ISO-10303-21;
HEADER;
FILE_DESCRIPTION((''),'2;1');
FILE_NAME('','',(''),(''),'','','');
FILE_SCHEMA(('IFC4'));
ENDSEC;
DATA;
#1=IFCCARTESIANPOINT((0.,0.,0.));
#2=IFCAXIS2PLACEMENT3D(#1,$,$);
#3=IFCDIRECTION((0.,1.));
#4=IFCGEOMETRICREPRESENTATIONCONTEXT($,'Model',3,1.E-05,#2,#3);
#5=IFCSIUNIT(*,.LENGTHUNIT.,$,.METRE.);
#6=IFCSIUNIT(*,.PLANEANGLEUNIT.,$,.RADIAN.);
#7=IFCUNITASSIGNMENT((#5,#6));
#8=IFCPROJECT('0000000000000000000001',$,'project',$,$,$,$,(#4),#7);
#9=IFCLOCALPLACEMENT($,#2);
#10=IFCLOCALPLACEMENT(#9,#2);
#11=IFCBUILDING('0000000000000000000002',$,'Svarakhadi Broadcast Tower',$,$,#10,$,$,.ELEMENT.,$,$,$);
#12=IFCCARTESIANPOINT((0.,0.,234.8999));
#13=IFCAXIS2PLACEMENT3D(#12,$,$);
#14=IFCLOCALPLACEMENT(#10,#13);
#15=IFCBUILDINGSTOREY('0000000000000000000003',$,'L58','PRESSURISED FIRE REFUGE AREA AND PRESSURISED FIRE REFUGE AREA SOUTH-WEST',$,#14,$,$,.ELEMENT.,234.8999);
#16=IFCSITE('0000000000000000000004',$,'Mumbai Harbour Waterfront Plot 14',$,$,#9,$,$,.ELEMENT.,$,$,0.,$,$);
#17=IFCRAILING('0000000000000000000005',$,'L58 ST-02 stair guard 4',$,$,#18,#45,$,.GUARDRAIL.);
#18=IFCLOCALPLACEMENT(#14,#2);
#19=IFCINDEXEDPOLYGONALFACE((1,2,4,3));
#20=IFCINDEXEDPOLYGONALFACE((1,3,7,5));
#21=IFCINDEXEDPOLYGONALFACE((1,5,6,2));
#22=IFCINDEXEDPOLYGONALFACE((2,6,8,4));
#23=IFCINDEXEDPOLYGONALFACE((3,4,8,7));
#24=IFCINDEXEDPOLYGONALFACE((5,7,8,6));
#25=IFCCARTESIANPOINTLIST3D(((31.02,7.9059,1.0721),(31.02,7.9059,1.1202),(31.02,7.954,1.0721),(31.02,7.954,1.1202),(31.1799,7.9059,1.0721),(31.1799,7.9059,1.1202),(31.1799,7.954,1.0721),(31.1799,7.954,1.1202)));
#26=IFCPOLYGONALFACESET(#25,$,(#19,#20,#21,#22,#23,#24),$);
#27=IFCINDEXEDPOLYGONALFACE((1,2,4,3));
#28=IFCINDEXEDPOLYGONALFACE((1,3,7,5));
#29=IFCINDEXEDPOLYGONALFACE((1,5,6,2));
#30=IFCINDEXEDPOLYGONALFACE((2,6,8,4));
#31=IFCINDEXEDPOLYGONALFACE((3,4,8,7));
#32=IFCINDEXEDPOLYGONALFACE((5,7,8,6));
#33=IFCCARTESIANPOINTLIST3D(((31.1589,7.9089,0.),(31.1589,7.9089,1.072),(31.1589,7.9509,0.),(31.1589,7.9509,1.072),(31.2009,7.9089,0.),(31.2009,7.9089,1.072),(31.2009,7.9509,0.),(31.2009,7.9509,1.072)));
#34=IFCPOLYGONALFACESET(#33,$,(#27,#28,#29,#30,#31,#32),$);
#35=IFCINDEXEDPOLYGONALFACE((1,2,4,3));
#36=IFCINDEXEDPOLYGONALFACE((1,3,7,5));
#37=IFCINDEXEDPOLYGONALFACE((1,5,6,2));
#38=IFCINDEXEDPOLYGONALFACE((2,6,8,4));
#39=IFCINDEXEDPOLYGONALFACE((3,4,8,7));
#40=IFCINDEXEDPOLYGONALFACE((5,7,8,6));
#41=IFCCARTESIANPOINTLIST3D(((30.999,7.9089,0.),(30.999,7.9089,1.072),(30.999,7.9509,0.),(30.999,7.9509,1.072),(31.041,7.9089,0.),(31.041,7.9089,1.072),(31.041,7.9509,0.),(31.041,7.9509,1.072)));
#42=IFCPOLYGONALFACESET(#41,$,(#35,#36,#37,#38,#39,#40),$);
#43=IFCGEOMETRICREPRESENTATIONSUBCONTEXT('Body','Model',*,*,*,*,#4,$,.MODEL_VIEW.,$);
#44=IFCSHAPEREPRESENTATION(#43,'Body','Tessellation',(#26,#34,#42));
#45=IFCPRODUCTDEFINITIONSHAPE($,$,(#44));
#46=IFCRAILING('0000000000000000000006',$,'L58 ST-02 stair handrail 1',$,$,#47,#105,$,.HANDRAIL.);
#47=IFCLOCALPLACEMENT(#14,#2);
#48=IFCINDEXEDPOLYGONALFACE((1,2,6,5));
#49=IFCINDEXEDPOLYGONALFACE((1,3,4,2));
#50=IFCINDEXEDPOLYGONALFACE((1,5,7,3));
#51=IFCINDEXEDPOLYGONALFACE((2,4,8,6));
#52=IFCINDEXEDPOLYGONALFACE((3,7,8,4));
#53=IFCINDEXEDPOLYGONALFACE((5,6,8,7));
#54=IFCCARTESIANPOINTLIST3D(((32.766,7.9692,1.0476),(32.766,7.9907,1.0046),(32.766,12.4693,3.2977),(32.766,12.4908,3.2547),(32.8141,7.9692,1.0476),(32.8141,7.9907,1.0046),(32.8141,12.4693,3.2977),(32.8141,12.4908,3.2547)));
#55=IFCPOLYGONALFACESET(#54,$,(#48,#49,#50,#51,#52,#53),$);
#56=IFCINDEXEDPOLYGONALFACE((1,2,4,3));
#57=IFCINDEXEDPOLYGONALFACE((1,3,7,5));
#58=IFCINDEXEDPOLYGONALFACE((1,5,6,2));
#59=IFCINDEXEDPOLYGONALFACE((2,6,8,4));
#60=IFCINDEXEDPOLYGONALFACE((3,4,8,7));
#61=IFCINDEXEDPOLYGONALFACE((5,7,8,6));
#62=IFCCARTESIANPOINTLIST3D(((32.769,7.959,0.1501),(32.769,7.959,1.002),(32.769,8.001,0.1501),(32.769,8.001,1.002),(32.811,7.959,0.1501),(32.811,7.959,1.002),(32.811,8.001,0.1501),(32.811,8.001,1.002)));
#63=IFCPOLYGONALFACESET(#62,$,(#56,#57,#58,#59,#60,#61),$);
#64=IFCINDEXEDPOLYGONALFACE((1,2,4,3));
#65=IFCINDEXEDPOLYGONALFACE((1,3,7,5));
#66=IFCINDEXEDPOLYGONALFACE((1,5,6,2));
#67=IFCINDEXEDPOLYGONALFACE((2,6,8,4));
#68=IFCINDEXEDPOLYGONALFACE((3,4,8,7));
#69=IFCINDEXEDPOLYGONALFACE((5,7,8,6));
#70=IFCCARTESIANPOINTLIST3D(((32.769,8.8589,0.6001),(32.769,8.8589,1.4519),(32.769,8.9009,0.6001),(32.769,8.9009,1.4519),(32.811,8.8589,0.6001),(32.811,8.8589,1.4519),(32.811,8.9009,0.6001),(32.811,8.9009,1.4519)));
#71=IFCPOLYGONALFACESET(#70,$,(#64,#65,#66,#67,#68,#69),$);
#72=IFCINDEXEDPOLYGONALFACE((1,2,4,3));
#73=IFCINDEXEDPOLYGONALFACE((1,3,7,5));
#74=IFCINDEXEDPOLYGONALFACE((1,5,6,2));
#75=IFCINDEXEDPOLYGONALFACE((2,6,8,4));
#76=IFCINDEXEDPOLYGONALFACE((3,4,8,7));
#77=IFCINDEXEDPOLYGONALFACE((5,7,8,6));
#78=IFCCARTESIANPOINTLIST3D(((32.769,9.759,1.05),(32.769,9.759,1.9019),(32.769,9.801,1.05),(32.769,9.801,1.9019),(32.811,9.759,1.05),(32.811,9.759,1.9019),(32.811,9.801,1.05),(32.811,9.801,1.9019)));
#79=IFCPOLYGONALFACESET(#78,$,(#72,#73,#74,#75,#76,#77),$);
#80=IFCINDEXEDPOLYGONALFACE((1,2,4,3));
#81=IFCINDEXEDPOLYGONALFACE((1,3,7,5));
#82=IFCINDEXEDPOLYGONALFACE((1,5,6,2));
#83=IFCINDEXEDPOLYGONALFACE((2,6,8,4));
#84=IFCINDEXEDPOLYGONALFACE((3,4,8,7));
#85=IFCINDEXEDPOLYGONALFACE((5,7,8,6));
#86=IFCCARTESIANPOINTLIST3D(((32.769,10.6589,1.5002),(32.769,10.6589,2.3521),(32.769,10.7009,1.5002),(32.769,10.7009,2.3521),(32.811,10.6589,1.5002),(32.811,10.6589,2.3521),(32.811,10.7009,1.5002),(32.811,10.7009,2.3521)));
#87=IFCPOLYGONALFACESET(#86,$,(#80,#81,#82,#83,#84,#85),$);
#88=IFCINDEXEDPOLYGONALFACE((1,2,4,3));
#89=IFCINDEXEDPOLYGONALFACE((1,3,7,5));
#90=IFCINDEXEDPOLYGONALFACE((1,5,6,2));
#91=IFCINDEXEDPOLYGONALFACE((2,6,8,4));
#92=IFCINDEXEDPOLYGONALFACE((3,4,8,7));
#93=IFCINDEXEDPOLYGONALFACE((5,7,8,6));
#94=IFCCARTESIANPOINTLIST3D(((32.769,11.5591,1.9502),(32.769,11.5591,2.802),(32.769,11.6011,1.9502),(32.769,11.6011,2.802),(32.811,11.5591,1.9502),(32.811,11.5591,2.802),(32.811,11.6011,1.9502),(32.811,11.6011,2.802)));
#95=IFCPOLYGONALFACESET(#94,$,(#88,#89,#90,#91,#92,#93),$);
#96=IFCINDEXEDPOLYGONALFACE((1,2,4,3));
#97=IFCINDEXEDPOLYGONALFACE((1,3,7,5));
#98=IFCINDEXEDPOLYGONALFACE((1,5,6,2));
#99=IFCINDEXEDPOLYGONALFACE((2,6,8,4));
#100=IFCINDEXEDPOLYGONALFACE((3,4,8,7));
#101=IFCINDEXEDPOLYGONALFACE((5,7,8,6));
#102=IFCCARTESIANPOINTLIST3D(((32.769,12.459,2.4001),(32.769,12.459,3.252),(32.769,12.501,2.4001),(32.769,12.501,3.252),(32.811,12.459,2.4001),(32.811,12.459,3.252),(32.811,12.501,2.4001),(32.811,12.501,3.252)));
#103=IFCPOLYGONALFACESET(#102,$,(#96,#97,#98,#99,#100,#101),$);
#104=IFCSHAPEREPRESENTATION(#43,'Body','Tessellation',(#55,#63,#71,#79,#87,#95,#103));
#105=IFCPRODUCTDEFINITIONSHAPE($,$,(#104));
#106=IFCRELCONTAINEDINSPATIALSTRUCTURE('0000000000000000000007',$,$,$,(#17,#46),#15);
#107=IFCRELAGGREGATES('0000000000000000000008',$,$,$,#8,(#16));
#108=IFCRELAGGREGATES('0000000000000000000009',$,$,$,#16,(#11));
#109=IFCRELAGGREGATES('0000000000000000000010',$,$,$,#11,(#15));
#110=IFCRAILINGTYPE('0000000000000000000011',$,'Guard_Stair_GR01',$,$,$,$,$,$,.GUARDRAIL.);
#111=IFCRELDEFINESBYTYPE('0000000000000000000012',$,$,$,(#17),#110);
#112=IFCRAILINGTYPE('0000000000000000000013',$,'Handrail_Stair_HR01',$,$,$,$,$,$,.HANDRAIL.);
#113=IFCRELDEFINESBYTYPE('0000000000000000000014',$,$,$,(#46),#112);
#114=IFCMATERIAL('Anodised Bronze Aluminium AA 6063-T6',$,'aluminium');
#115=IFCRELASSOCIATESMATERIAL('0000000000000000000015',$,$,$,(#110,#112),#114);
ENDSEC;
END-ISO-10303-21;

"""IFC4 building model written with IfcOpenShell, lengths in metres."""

from ifc_helpers import new_model, si_unit, direction, frame, origin, origin_2d, place, context, subcontext, project, spatial, rectangle, extrude, material, type_object, element, save


model = new_model("IFC4")

# Units and contexts
model_context = context("Model", 3, precision=1e-05, world=origin(), true_north=direction((0.0, 1.0)))
body_context = subcontext(model_context, "Body", "Model", "MODEL_VIEW")
ifc_project = project(units=[si_unit("LENGTHUNIT", "METRE"), si_unit("PLANEANGLEUNIT", "RADIAN")], contexts=[model_context])

# Site, building, storey
site_placement = place(None, origin())
site = spatial("IfcSite", under=ifc_project, at=site_placement, Name="Mumbai Harbour Waterfront Plot 14", CompositionType="ELEMENT", RefElevation=0.0)
building_placement = place(site_placement, origin())
building = spatial("IfcBuilding", under=site, at=building_placement, Name="Svarakhadi Broadcast Tower", CompositionType="ELEMENT")
storey_placement = place(building_placement, frame((0.0, 0.0, 234.8999)))
storey = spatial("IfcBuildingStorey", under=building, at=storey_placement, Name="L58", Description="PRESSURISED FIRE REFUGE AREA AND PRESSURISED FIRE REFUGE AREA SOUTH-WEST", CompositionType="ELEMENT", Elevation=234.8999)

# Railings
ifc_material_1 = material(Name="Anodised Bronze Aluminium AA 6063-T6", Category="aluminium")
railing_type_1 = type_object("IfcRailingType", Name="Guard_Stair_GR01", PredefinedType="GUARDRAIL", material=ifc_material_1)
railing_1_placement = place(storey_placement, frame((31.1799, 7.9299, 0.0)))
element("IfcRailing", 1, at=railing_1_placement, inside=storey, type_object=railing_type_1, Name="L58 ST-02 stair guard 4", PredefinedType="GUARDRAIL", context=body_context, shape_type="SweptSolid", body=[
    extrude(rectangle(XDim=0.0481, YDim=0.0481, at=origin_2d()), frame((0.0, 0.0, 1.0962), z_axis=(-1.0, 0.0, 0.0), x_axis=(0.0, -1.0, 0.0)), (0.0, 0.0, 1.0), 0.1599),
    extrude(rectangle(XDim=0.042, YDim=0.042, at=origin_2d()), origin(), (0.0, 0.0, 1.0), 1.072),
    extrude(rectangle(XDim=0.042, YDim=0.042, at=origin_2d()), frame((-0.1599, 0.0, 0.0)), (0.0, 0.0, 1.0), 1.072),
])
railing_type_2 = type_object("IfcRailingType", Name="Handrail_Stair_HR01", PredefinedType="HANDRAIL", material=ifc_material_1)
railing_2_placement = place(storey_placement, frame((32.79, 7.98, 0.1501)))
element("IfcRailing", 2, at=railing_2_placement, inside=storey, type_object=railing_type_2, Name="L58 ST-02 stair handrail 1", PredefinedType="HANDRAIL", context=body_context, shape_type="SweptSolid", body=[
    extrude(rectangle(XDim=0.0481, YDim=0.0481, at=origin_2d()), frame((0.0, 0.0, 0.876), z_axis=(0.0, 0.894427, 0.447214), x_axis=(-1.0, 0.0, 0.0)), (0.0, 0.0, 1.0), 5.0312),
    extrude(rectangle(XDim=0.042, YDim=0.042, at=origin_2d()), origin(), (0.0, 0.0, 1.0), 0.8518),
    extrude(rectangle(XDim=0.042, YDim=0.042, at=origin_2d()), frame((0.0, 0.8999, 0.45)), (0.0, 0.0, 1.0), 0.8518),
    extrude(rectangle(XDim=0.042, YDim=0.042, at=origin_2d()), frame((0.0, 1.8, 0.8999)), (0.0, 0.0, 1.0), 0.8518),
    extrude(rectangle(XDim=0.042, YDim=0.042, at=origin_2d()), frame((0.0, 2.7, 1.3501)), (0.0, 0.0, 1.0), 0.8518),
    extrude(rectangle(XDim=0.042, YDim=0.042, at=origin_2d()), frame((0.0, 3.6001, 1.8)), (0.0, 0.0, 1.0), 0.8518),
    extrude(rectangle(XDim=0.042, YDim=0.042, at=origin_2d()), frame((0.0, 4.5, 2.25)), (0.0, 0.0, 1.0), 0.8518),
])

save(model, "model.ifc")
